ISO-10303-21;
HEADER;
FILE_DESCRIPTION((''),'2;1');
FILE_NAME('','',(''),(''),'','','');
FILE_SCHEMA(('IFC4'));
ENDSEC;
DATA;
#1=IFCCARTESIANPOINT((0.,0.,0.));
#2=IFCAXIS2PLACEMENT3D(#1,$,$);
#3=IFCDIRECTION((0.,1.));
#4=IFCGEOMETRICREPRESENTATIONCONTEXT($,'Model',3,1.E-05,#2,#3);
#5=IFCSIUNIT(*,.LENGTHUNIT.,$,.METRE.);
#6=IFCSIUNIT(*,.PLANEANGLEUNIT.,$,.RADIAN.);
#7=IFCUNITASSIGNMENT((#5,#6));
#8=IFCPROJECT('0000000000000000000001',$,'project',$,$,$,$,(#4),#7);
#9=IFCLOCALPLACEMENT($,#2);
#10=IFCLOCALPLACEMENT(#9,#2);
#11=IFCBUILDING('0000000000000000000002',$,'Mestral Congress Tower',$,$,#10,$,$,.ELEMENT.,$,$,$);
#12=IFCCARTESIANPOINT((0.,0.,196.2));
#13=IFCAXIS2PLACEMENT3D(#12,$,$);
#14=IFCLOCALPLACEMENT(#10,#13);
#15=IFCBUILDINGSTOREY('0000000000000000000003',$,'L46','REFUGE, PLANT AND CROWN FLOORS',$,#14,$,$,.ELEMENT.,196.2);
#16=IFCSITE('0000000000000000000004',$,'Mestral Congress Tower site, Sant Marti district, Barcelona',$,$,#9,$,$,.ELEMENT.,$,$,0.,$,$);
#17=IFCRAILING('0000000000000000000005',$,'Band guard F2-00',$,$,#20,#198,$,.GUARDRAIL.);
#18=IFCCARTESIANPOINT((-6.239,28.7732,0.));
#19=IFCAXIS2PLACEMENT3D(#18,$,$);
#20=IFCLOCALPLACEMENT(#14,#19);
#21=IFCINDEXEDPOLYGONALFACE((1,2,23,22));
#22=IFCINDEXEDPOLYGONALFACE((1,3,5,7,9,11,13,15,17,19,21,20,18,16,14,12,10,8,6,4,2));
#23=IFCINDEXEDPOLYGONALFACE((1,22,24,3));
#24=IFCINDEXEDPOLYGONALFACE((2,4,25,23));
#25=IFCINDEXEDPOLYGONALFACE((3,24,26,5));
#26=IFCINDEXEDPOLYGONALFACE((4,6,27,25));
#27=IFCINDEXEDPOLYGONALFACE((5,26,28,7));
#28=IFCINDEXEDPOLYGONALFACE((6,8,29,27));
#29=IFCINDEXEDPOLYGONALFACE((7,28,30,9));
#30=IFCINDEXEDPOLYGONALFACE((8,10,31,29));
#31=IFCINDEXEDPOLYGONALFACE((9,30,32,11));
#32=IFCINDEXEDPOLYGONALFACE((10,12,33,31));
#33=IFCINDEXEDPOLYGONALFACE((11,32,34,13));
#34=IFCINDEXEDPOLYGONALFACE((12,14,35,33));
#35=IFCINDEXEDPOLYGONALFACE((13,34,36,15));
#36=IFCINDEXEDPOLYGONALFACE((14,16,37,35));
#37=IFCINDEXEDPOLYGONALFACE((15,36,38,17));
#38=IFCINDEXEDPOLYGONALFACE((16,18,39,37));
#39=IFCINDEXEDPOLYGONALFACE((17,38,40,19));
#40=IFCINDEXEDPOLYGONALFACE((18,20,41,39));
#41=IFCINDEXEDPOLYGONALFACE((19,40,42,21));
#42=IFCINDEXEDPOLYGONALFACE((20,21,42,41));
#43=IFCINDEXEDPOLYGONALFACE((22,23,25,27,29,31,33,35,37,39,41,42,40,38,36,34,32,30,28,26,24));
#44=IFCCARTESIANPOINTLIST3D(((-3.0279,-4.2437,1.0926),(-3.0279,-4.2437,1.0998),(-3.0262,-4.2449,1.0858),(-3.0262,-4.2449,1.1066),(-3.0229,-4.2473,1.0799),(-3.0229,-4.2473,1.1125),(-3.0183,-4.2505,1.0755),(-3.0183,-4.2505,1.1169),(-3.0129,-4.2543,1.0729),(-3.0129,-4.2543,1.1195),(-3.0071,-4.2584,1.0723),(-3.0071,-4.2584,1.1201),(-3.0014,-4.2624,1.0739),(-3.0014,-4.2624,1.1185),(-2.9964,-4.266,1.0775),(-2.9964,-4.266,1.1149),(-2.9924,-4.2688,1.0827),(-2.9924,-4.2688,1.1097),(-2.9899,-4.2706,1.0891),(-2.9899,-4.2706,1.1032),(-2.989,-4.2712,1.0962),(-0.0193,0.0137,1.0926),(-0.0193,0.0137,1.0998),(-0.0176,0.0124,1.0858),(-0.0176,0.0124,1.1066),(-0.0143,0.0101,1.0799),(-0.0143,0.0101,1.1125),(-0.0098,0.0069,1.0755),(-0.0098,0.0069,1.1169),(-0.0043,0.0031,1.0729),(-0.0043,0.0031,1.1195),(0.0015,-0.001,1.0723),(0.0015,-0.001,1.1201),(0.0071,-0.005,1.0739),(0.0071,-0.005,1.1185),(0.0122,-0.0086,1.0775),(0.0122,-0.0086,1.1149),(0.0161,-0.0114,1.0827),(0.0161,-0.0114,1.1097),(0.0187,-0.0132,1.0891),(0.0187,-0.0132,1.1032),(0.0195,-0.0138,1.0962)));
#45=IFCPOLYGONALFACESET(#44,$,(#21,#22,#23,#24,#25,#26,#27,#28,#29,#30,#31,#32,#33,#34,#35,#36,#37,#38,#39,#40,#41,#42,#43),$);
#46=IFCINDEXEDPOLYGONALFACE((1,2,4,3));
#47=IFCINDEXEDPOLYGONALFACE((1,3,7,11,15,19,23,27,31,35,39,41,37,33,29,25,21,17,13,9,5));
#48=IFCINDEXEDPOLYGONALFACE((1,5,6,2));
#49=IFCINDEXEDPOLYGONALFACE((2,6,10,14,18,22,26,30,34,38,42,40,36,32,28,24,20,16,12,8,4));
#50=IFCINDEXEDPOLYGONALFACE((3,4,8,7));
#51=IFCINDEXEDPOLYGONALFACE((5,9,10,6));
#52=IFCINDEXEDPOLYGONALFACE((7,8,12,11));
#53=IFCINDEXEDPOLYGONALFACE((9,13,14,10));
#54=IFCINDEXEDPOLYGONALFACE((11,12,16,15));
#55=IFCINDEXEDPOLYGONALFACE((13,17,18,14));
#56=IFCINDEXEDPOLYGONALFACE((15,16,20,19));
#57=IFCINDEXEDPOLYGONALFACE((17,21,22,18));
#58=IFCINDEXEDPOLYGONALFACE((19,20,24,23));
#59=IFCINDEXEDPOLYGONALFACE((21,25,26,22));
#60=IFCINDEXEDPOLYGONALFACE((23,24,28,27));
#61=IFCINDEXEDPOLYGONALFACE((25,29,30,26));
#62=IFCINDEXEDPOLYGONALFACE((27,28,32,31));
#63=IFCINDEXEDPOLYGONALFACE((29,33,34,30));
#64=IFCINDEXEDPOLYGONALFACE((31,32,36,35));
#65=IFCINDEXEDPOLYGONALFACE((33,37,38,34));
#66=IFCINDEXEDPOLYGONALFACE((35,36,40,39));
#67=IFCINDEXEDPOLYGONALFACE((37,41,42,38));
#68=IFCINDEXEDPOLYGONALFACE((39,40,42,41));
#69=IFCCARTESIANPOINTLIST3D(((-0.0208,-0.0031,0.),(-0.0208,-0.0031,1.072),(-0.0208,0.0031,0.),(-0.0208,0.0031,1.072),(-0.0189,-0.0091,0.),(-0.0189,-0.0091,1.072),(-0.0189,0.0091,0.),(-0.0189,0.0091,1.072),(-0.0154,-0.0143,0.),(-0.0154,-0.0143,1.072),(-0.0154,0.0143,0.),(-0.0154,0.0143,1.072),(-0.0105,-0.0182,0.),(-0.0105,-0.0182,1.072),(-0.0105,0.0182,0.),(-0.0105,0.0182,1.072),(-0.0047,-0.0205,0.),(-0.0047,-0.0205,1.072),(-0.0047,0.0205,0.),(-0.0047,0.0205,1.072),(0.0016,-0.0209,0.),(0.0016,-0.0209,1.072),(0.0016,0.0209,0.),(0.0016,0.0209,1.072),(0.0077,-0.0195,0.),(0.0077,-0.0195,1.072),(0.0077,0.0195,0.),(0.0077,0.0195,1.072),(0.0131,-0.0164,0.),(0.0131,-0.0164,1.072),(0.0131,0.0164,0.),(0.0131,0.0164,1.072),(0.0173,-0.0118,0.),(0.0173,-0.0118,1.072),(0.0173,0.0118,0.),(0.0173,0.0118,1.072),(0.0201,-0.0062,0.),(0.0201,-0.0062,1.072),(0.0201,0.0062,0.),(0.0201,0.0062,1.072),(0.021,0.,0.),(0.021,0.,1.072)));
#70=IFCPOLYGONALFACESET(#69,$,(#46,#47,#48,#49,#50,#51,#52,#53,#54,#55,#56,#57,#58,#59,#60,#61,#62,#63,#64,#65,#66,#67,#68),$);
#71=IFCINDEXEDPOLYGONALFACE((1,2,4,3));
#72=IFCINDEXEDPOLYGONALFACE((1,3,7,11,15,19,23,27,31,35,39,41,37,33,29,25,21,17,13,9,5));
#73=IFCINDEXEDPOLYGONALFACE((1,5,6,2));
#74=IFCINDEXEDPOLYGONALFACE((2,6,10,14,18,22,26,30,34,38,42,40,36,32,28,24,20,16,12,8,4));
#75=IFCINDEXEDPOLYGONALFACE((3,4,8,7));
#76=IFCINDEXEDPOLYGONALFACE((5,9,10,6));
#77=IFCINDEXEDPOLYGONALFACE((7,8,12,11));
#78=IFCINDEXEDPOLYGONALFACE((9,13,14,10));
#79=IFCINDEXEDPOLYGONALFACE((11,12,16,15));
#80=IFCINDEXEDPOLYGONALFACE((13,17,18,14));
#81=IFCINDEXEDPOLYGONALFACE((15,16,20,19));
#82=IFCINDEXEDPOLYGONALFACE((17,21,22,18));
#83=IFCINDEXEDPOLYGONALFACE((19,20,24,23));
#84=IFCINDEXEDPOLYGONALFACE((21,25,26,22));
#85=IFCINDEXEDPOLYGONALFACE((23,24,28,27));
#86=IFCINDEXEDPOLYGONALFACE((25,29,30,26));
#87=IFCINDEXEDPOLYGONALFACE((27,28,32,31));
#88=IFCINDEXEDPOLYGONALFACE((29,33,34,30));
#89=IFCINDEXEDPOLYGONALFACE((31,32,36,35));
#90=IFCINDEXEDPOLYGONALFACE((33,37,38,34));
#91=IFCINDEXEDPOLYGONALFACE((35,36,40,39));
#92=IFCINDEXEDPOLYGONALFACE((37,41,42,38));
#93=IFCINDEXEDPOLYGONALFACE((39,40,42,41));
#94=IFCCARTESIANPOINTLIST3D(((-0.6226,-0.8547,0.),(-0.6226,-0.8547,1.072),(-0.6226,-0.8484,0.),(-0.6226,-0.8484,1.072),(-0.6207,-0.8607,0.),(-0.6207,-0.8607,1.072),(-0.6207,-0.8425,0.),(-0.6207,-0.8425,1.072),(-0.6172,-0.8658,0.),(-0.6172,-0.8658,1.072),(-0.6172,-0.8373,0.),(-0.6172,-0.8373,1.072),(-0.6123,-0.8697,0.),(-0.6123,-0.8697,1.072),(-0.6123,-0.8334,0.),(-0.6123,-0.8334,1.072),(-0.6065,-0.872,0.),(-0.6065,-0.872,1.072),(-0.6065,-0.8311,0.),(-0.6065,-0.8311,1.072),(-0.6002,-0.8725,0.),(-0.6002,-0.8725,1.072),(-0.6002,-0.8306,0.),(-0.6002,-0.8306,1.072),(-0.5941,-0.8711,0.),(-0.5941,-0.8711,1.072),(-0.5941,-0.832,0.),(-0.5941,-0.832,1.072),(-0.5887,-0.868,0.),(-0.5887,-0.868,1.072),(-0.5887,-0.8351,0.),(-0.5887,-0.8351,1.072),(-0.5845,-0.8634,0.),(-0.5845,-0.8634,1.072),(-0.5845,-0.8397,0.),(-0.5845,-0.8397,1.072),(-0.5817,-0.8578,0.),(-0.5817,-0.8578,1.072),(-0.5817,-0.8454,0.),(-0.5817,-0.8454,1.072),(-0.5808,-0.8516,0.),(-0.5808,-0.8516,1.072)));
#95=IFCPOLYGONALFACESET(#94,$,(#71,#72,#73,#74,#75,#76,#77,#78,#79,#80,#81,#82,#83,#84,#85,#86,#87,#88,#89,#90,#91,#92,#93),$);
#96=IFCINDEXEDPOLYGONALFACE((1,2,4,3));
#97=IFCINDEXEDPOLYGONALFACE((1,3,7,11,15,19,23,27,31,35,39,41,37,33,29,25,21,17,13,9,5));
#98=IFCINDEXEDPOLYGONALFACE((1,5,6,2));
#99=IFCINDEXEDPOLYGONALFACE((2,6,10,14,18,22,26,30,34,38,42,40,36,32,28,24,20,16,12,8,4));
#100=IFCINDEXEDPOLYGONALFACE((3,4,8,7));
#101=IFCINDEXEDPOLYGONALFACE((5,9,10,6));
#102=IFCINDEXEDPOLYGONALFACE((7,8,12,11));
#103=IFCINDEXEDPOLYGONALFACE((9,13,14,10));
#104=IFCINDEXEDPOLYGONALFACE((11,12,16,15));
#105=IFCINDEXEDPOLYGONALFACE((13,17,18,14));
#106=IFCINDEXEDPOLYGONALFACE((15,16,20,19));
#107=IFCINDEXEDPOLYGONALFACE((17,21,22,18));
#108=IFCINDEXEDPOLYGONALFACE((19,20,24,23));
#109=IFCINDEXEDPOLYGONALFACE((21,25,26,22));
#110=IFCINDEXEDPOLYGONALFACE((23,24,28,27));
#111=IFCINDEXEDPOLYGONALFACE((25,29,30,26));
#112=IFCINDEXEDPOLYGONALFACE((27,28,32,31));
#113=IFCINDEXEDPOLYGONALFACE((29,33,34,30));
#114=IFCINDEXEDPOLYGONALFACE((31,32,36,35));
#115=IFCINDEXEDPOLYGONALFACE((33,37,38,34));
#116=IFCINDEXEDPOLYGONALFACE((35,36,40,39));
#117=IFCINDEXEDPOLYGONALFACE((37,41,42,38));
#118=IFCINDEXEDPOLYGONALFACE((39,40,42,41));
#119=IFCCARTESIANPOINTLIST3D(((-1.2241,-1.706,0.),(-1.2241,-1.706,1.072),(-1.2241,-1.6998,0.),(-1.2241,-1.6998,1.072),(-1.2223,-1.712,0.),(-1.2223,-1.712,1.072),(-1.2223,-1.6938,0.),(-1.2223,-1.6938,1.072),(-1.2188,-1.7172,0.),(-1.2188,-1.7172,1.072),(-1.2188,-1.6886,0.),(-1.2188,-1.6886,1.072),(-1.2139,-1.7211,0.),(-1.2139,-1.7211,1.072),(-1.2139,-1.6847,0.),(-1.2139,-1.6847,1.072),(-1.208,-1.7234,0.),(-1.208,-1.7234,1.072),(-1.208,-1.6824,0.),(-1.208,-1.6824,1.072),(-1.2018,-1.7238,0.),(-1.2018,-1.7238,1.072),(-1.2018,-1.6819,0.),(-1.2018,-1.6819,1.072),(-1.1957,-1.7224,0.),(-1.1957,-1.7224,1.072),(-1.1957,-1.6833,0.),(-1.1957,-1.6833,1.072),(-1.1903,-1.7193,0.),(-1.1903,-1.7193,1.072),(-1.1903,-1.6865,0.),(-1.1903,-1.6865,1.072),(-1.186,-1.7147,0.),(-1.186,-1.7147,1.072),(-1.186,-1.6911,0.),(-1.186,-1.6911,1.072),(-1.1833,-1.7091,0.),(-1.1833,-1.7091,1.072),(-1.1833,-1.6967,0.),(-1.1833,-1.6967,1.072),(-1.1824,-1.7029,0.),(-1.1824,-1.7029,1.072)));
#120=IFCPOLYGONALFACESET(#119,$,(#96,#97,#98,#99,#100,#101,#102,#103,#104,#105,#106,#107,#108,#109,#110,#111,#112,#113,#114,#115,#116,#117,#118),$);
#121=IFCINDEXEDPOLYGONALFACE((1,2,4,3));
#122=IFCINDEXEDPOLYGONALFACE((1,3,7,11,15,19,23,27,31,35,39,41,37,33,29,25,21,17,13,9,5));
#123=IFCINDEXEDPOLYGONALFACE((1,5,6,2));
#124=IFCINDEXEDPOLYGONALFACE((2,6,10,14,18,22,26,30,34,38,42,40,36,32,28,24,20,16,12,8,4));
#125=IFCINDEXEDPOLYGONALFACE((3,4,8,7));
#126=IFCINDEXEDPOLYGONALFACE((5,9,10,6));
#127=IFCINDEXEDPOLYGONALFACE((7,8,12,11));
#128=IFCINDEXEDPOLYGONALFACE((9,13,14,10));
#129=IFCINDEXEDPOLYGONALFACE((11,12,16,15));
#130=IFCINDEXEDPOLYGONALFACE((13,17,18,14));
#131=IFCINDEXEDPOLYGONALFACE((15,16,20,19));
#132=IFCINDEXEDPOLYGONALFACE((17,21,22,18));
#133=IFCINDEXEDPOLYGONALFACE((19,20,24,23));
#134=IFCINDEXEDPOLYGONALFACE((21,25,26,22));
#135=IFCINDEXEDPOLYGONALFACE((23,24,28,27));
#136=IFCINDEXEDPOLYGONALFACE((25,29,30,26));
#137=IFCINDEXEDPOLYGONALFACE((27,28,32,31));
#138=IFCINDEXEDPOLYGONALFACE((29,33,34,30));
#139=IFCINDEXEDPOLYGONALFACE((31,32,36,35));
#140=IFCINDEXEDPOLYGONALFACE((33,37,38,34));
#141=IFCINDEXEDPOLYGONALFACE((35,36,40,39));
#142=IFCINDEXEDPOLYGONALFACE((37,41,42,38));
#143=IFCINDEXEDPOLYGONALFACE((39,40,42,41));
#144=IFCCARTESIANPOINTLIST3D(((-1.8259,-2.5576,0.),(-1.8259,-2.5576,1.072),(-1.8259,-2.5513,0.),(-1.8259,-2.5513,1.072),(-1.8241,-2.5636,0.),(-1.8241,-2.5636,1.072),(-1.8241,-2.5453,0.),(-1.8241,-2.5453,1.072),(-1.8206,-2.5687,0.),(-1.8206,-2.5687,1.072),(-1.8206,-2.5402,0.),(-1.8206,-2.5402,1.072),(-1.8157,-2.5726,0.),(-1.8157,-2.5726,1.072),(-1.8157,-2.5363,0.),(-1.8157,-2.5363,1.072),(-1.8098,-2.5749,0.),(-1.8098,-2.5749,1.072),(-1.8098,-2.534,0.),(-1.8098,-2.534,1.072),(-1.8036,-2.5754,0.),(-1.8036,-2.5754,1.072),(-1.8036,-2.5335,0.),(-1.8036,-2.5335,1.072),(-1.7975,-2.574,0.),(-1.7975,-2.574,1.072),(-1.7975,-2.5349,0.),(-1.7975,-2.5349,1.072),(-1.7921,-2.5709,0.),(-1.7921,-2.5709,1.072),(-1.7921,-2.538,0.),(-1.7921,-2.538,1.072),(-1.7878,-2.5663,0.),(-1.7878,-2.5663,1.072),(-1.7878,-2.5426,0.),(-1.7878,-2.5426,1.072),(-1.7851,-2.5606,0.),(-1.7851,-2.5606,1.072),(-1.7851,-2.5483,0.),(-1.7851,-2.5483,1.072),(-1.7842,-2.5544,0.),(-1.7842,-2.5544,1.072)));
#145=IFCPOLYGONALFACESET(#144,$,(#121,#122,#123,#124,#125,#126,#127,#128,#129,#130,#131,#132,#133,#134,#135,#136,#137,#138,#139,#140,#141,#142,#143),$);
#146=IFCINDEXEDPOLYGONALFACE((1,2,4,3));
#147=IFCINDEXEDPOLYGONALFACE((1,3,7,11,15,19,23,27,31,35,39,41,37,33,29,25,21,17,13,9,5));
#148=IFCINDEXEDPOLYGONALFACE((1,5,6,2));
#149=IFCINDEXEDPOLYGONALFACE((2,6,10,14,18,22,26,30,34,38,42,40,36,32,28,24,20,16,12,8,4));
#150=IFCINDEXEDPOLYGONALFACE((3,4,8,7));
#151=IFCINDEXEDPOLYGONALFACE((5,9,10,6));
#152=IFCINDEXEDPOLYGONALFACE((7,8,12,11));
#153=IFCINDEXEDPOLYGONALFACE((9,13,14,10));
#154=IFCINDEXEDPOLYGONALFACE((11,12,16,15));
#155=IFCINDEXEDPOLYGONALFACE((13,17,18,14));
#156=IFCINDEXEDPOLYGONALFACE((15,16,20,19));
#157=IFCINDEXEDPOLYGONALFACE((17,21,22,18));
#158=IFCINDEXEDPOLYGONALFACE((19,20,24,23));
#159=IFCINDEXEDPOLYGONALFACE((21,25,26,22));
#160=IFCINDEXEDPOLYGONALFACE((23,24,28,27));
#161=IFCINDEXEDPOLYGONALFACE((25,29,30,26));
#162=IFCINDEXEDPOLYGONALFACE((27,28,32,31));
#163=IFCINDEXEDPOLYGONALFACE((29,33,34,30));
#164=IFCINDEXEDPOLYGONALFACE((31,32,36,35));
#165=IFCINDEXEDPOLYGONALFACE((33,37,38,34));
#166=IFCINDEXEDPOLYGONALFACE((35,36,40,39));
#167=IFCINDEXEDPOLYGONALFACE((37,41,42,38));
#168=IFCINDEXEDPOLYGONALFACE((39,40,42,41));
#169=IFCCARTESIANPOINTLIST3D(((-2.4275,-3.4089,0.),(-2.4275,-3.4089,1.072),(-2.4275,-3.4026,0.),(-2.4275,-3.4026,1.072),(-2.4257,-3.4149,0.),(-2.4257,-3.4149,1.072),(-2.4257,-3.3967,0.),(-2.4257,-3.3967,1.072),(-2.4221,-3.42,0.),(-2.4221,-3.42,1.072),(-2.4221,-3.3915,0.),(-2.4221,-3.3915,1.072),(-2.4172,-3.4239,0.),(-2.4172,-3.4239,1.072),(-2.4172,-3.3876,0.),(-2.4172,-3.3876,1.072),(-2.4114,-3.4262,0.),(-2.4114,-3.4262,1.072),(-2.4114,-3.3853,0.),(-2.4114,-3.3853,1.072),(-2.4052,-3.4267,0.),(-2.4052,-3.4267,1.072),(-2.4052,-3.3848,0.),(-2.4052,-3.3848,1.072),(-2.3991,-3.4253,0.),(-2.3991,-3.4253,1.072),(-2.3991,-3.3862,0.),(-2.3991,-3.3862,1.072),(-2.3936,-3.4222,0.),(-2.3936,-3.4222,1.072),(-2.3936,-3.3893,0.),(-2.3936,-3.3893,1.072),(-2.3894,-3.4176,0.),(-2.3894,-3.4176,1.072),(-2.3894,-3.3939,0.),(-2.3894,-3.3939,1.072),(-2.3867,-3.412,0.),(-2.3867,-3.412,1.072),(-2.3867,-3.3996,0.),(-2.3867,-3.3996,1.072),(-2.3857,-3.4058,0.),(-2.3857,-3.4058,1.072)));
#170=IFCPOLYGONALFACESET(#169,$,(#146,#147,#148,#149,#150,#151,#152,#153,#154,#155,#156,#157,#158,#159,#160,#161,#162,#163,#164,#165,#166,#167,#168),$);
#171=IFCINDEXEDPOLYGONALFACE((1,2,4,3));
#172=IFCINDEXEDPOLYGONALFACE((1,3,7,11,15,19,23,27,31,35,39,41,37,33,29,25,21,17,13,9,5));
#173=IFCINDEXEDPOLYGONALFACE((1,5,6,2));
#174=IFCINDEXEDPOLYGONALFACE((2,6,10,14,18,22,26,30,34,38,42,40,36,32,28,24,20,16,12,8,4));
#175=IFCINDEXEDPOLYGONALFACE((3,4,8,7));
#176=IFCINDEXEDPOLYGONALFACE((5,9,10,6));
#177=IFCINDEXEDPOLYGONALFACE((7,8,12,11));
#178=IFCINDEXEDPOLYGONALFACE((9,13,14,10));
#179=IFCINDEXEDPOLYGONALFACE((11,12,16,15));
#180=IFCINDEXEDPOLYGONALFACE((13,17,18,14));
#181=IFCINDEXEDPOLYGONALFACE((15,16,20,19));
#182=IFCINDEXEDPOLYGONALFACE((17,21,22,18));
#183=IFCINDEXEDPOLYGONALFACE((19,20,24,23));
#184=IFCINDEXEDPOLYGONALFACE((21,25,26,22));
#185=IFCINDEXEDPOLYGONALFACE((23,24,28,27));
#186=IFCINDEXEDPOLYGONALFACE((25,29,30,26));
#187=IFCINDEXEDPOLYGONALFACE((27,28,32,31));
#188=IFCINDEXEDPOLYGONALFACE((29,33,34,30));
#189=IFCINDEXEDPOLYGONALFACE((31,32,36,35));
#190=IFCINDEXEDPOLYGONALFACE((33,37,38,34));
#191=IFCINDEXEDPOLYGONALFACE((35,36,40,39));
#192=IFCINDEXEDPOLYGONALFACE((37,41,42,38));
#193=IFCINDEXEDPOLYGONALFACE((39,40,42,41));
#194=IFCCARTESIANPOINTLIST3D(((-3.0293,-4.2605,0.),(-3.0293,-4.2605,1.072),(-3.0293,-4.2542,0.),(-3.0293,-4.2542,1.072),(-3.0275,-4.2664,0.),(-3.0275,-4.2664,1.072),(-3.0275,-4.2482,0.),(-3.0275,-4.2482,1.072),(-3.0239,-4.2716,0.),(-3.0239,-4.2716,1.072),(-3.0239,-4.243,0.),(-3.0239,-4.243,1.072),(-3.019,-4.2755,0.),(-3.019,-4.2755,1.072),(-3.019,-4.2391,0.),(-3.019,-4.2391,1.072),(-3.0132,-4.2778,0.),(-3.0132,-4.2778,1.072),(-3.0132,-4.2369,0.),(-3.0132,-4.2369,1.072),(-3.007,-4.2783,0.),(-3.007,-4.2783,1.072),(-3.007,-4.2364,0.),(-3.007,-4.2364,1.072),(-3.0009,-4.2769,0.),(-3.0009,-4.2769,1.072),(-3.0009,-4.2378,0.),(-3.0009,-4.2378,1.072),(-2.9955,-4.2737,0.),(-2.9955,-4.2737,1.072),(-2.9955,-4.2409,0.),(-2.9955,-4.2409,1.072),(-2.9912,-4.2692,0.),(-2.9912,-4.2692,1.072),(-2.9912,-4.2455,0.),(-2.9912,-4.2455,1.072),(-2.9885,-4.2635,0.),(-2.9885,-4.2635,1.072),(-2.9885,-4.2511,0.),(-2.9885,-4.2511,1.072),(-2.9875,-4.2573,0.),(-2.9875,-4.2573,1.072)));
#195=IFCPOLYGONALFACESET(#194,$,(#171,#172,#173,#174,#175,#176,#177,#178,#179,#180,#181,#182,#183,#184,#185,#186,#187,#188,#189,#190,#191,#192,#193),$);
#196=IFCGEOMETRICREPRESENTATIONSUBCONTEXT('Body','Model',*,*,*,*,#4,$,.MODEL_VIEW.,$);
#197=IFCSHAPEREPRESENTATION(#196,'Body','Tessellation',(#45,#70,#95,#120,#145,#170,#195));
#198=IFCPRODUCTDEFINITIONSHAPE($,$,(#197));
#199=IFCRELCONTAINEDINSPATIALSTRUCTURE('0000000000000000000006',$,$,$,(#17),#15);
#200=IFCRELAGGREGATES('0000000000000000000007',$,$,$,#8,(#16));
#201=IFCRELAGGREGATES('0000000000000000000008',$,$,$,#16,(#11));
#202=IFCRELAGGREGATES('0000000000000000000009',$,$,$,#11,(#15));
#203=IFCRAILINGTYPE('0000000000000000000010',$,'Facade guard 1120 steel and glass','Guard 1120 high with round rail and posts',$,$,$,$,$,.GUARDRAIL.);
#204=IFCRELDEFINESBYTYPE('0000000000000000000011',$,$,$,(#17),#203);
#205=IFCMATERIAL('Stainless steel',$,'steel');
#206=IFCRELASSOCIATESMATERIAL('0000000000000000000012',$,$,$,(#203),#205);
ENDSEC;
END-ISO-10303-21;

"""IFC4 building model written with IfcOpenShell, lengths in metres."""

from ifc_helpers import new_model, si_unit, direction, frame, origin, origin_2d, place, context, subcontext, project, spatial, circle, extrude, material, type_object, element, save


model = new_model("IFC4")

# Units and contexts
model_context = context("Model", 3, precision=1e-05, world=origin(), true_north=direction((0.0, 1.0)))
body_context = subcontext(model_context, "Body", "Model", "MODEL_VIEW")
ifc_project = project(units=[si_unit("LENGTHUNIT", "METRE"), si_unit("PLANEANGLEUNIT", "RADIAN")], contexts=[model_context])

# Site, building, storey
site_placement = place(None, origin())
site = spatial("IfcSite", under=ifc_project, at=site_placement, Name="Mestral Congress Tower site, Sant Marti district, Barcelona", CompositionType="ELEMENT", RefElevation=0.0)
building_placement = place(site_placement, origin())
building = spatial("IfcBuilding", under=site, at=building_placement, Name="Mestral Congress Tower", CompositionType="ELEMENT")
storey_placement = place(building_placement, frame((0.0, 0.0, 196.2)))
storey = spatial("IfcBuildingStorey", under=building, at=storey_placement, Name="L46", Description="REFUGE, PLANT AND CROWN FLOORS", CompositionType="ELEMENT", Elevation=196.2)

# Railing
ifc_material_1 = material(Name="Stainless steel", Category="steel")
railing_type = type_object("IfcRailingType", Name="Facade guard 1120 steel and glass", Description="Guard 1120 high with round rail and posts", PredefinedType="GUARDRAIL", material=ifc_material_1)
railing_placement = place(storey_placement, frame((-6.239, 28.7732, 0.0)))
element("IfcRailing", 1, at=railing_placement, inside=storey, type_object=railing_type, Name="Band guard F2-00", PredefinedType="GUARDRAIL", context=body_context, shape_type="SweptSolid", body=[
    extrude(circle(Radius=0.0239, at=origin_2d()), frame((0.0, 0.0, 1.0962), z_axis=(-0.577115, -0.816663, 0.0), x_axis=(0.816663, -0.577115, 0.0)), (0.0, 0.0, 1.0), 5.2131),
    extrude(circle(Radius=0.021, at=origin_2d()), origin(), (0.0, 0.0, 1.0), 1.072),
    extrude(circle(Radius=0.021, at=origin_2d()), frame((-0.6018, -0.8516, 0.0)), (0.0, 0.0, 1.0), 1.072),
    extrude(circle(Radius=0.021, at=origin_2d()), frame((-1.2034, -1.7029, 0.0)), (0.0, 0.0, 1.0), 1.072),
    extrude(circle(Radius=0.021, at=origin_2d()), frame((-1.8052, -2.5544, 0.0)), (0.0, 0.0, 1.0), 1.072),
    extrude(circle(Radius=0.021, at=origin_2d()), frame((-2.4067, -3.4058, 0.0)), (0.0, 0.0, 1.0), 1.072),
    extrude(circle(Radius=0.021, at=origin_2d()), frame((-3.0085, -4.2573, 0.0)), (0.0, 0.0, 1.0), 1.072),
])

save(model, "model.ifc")
